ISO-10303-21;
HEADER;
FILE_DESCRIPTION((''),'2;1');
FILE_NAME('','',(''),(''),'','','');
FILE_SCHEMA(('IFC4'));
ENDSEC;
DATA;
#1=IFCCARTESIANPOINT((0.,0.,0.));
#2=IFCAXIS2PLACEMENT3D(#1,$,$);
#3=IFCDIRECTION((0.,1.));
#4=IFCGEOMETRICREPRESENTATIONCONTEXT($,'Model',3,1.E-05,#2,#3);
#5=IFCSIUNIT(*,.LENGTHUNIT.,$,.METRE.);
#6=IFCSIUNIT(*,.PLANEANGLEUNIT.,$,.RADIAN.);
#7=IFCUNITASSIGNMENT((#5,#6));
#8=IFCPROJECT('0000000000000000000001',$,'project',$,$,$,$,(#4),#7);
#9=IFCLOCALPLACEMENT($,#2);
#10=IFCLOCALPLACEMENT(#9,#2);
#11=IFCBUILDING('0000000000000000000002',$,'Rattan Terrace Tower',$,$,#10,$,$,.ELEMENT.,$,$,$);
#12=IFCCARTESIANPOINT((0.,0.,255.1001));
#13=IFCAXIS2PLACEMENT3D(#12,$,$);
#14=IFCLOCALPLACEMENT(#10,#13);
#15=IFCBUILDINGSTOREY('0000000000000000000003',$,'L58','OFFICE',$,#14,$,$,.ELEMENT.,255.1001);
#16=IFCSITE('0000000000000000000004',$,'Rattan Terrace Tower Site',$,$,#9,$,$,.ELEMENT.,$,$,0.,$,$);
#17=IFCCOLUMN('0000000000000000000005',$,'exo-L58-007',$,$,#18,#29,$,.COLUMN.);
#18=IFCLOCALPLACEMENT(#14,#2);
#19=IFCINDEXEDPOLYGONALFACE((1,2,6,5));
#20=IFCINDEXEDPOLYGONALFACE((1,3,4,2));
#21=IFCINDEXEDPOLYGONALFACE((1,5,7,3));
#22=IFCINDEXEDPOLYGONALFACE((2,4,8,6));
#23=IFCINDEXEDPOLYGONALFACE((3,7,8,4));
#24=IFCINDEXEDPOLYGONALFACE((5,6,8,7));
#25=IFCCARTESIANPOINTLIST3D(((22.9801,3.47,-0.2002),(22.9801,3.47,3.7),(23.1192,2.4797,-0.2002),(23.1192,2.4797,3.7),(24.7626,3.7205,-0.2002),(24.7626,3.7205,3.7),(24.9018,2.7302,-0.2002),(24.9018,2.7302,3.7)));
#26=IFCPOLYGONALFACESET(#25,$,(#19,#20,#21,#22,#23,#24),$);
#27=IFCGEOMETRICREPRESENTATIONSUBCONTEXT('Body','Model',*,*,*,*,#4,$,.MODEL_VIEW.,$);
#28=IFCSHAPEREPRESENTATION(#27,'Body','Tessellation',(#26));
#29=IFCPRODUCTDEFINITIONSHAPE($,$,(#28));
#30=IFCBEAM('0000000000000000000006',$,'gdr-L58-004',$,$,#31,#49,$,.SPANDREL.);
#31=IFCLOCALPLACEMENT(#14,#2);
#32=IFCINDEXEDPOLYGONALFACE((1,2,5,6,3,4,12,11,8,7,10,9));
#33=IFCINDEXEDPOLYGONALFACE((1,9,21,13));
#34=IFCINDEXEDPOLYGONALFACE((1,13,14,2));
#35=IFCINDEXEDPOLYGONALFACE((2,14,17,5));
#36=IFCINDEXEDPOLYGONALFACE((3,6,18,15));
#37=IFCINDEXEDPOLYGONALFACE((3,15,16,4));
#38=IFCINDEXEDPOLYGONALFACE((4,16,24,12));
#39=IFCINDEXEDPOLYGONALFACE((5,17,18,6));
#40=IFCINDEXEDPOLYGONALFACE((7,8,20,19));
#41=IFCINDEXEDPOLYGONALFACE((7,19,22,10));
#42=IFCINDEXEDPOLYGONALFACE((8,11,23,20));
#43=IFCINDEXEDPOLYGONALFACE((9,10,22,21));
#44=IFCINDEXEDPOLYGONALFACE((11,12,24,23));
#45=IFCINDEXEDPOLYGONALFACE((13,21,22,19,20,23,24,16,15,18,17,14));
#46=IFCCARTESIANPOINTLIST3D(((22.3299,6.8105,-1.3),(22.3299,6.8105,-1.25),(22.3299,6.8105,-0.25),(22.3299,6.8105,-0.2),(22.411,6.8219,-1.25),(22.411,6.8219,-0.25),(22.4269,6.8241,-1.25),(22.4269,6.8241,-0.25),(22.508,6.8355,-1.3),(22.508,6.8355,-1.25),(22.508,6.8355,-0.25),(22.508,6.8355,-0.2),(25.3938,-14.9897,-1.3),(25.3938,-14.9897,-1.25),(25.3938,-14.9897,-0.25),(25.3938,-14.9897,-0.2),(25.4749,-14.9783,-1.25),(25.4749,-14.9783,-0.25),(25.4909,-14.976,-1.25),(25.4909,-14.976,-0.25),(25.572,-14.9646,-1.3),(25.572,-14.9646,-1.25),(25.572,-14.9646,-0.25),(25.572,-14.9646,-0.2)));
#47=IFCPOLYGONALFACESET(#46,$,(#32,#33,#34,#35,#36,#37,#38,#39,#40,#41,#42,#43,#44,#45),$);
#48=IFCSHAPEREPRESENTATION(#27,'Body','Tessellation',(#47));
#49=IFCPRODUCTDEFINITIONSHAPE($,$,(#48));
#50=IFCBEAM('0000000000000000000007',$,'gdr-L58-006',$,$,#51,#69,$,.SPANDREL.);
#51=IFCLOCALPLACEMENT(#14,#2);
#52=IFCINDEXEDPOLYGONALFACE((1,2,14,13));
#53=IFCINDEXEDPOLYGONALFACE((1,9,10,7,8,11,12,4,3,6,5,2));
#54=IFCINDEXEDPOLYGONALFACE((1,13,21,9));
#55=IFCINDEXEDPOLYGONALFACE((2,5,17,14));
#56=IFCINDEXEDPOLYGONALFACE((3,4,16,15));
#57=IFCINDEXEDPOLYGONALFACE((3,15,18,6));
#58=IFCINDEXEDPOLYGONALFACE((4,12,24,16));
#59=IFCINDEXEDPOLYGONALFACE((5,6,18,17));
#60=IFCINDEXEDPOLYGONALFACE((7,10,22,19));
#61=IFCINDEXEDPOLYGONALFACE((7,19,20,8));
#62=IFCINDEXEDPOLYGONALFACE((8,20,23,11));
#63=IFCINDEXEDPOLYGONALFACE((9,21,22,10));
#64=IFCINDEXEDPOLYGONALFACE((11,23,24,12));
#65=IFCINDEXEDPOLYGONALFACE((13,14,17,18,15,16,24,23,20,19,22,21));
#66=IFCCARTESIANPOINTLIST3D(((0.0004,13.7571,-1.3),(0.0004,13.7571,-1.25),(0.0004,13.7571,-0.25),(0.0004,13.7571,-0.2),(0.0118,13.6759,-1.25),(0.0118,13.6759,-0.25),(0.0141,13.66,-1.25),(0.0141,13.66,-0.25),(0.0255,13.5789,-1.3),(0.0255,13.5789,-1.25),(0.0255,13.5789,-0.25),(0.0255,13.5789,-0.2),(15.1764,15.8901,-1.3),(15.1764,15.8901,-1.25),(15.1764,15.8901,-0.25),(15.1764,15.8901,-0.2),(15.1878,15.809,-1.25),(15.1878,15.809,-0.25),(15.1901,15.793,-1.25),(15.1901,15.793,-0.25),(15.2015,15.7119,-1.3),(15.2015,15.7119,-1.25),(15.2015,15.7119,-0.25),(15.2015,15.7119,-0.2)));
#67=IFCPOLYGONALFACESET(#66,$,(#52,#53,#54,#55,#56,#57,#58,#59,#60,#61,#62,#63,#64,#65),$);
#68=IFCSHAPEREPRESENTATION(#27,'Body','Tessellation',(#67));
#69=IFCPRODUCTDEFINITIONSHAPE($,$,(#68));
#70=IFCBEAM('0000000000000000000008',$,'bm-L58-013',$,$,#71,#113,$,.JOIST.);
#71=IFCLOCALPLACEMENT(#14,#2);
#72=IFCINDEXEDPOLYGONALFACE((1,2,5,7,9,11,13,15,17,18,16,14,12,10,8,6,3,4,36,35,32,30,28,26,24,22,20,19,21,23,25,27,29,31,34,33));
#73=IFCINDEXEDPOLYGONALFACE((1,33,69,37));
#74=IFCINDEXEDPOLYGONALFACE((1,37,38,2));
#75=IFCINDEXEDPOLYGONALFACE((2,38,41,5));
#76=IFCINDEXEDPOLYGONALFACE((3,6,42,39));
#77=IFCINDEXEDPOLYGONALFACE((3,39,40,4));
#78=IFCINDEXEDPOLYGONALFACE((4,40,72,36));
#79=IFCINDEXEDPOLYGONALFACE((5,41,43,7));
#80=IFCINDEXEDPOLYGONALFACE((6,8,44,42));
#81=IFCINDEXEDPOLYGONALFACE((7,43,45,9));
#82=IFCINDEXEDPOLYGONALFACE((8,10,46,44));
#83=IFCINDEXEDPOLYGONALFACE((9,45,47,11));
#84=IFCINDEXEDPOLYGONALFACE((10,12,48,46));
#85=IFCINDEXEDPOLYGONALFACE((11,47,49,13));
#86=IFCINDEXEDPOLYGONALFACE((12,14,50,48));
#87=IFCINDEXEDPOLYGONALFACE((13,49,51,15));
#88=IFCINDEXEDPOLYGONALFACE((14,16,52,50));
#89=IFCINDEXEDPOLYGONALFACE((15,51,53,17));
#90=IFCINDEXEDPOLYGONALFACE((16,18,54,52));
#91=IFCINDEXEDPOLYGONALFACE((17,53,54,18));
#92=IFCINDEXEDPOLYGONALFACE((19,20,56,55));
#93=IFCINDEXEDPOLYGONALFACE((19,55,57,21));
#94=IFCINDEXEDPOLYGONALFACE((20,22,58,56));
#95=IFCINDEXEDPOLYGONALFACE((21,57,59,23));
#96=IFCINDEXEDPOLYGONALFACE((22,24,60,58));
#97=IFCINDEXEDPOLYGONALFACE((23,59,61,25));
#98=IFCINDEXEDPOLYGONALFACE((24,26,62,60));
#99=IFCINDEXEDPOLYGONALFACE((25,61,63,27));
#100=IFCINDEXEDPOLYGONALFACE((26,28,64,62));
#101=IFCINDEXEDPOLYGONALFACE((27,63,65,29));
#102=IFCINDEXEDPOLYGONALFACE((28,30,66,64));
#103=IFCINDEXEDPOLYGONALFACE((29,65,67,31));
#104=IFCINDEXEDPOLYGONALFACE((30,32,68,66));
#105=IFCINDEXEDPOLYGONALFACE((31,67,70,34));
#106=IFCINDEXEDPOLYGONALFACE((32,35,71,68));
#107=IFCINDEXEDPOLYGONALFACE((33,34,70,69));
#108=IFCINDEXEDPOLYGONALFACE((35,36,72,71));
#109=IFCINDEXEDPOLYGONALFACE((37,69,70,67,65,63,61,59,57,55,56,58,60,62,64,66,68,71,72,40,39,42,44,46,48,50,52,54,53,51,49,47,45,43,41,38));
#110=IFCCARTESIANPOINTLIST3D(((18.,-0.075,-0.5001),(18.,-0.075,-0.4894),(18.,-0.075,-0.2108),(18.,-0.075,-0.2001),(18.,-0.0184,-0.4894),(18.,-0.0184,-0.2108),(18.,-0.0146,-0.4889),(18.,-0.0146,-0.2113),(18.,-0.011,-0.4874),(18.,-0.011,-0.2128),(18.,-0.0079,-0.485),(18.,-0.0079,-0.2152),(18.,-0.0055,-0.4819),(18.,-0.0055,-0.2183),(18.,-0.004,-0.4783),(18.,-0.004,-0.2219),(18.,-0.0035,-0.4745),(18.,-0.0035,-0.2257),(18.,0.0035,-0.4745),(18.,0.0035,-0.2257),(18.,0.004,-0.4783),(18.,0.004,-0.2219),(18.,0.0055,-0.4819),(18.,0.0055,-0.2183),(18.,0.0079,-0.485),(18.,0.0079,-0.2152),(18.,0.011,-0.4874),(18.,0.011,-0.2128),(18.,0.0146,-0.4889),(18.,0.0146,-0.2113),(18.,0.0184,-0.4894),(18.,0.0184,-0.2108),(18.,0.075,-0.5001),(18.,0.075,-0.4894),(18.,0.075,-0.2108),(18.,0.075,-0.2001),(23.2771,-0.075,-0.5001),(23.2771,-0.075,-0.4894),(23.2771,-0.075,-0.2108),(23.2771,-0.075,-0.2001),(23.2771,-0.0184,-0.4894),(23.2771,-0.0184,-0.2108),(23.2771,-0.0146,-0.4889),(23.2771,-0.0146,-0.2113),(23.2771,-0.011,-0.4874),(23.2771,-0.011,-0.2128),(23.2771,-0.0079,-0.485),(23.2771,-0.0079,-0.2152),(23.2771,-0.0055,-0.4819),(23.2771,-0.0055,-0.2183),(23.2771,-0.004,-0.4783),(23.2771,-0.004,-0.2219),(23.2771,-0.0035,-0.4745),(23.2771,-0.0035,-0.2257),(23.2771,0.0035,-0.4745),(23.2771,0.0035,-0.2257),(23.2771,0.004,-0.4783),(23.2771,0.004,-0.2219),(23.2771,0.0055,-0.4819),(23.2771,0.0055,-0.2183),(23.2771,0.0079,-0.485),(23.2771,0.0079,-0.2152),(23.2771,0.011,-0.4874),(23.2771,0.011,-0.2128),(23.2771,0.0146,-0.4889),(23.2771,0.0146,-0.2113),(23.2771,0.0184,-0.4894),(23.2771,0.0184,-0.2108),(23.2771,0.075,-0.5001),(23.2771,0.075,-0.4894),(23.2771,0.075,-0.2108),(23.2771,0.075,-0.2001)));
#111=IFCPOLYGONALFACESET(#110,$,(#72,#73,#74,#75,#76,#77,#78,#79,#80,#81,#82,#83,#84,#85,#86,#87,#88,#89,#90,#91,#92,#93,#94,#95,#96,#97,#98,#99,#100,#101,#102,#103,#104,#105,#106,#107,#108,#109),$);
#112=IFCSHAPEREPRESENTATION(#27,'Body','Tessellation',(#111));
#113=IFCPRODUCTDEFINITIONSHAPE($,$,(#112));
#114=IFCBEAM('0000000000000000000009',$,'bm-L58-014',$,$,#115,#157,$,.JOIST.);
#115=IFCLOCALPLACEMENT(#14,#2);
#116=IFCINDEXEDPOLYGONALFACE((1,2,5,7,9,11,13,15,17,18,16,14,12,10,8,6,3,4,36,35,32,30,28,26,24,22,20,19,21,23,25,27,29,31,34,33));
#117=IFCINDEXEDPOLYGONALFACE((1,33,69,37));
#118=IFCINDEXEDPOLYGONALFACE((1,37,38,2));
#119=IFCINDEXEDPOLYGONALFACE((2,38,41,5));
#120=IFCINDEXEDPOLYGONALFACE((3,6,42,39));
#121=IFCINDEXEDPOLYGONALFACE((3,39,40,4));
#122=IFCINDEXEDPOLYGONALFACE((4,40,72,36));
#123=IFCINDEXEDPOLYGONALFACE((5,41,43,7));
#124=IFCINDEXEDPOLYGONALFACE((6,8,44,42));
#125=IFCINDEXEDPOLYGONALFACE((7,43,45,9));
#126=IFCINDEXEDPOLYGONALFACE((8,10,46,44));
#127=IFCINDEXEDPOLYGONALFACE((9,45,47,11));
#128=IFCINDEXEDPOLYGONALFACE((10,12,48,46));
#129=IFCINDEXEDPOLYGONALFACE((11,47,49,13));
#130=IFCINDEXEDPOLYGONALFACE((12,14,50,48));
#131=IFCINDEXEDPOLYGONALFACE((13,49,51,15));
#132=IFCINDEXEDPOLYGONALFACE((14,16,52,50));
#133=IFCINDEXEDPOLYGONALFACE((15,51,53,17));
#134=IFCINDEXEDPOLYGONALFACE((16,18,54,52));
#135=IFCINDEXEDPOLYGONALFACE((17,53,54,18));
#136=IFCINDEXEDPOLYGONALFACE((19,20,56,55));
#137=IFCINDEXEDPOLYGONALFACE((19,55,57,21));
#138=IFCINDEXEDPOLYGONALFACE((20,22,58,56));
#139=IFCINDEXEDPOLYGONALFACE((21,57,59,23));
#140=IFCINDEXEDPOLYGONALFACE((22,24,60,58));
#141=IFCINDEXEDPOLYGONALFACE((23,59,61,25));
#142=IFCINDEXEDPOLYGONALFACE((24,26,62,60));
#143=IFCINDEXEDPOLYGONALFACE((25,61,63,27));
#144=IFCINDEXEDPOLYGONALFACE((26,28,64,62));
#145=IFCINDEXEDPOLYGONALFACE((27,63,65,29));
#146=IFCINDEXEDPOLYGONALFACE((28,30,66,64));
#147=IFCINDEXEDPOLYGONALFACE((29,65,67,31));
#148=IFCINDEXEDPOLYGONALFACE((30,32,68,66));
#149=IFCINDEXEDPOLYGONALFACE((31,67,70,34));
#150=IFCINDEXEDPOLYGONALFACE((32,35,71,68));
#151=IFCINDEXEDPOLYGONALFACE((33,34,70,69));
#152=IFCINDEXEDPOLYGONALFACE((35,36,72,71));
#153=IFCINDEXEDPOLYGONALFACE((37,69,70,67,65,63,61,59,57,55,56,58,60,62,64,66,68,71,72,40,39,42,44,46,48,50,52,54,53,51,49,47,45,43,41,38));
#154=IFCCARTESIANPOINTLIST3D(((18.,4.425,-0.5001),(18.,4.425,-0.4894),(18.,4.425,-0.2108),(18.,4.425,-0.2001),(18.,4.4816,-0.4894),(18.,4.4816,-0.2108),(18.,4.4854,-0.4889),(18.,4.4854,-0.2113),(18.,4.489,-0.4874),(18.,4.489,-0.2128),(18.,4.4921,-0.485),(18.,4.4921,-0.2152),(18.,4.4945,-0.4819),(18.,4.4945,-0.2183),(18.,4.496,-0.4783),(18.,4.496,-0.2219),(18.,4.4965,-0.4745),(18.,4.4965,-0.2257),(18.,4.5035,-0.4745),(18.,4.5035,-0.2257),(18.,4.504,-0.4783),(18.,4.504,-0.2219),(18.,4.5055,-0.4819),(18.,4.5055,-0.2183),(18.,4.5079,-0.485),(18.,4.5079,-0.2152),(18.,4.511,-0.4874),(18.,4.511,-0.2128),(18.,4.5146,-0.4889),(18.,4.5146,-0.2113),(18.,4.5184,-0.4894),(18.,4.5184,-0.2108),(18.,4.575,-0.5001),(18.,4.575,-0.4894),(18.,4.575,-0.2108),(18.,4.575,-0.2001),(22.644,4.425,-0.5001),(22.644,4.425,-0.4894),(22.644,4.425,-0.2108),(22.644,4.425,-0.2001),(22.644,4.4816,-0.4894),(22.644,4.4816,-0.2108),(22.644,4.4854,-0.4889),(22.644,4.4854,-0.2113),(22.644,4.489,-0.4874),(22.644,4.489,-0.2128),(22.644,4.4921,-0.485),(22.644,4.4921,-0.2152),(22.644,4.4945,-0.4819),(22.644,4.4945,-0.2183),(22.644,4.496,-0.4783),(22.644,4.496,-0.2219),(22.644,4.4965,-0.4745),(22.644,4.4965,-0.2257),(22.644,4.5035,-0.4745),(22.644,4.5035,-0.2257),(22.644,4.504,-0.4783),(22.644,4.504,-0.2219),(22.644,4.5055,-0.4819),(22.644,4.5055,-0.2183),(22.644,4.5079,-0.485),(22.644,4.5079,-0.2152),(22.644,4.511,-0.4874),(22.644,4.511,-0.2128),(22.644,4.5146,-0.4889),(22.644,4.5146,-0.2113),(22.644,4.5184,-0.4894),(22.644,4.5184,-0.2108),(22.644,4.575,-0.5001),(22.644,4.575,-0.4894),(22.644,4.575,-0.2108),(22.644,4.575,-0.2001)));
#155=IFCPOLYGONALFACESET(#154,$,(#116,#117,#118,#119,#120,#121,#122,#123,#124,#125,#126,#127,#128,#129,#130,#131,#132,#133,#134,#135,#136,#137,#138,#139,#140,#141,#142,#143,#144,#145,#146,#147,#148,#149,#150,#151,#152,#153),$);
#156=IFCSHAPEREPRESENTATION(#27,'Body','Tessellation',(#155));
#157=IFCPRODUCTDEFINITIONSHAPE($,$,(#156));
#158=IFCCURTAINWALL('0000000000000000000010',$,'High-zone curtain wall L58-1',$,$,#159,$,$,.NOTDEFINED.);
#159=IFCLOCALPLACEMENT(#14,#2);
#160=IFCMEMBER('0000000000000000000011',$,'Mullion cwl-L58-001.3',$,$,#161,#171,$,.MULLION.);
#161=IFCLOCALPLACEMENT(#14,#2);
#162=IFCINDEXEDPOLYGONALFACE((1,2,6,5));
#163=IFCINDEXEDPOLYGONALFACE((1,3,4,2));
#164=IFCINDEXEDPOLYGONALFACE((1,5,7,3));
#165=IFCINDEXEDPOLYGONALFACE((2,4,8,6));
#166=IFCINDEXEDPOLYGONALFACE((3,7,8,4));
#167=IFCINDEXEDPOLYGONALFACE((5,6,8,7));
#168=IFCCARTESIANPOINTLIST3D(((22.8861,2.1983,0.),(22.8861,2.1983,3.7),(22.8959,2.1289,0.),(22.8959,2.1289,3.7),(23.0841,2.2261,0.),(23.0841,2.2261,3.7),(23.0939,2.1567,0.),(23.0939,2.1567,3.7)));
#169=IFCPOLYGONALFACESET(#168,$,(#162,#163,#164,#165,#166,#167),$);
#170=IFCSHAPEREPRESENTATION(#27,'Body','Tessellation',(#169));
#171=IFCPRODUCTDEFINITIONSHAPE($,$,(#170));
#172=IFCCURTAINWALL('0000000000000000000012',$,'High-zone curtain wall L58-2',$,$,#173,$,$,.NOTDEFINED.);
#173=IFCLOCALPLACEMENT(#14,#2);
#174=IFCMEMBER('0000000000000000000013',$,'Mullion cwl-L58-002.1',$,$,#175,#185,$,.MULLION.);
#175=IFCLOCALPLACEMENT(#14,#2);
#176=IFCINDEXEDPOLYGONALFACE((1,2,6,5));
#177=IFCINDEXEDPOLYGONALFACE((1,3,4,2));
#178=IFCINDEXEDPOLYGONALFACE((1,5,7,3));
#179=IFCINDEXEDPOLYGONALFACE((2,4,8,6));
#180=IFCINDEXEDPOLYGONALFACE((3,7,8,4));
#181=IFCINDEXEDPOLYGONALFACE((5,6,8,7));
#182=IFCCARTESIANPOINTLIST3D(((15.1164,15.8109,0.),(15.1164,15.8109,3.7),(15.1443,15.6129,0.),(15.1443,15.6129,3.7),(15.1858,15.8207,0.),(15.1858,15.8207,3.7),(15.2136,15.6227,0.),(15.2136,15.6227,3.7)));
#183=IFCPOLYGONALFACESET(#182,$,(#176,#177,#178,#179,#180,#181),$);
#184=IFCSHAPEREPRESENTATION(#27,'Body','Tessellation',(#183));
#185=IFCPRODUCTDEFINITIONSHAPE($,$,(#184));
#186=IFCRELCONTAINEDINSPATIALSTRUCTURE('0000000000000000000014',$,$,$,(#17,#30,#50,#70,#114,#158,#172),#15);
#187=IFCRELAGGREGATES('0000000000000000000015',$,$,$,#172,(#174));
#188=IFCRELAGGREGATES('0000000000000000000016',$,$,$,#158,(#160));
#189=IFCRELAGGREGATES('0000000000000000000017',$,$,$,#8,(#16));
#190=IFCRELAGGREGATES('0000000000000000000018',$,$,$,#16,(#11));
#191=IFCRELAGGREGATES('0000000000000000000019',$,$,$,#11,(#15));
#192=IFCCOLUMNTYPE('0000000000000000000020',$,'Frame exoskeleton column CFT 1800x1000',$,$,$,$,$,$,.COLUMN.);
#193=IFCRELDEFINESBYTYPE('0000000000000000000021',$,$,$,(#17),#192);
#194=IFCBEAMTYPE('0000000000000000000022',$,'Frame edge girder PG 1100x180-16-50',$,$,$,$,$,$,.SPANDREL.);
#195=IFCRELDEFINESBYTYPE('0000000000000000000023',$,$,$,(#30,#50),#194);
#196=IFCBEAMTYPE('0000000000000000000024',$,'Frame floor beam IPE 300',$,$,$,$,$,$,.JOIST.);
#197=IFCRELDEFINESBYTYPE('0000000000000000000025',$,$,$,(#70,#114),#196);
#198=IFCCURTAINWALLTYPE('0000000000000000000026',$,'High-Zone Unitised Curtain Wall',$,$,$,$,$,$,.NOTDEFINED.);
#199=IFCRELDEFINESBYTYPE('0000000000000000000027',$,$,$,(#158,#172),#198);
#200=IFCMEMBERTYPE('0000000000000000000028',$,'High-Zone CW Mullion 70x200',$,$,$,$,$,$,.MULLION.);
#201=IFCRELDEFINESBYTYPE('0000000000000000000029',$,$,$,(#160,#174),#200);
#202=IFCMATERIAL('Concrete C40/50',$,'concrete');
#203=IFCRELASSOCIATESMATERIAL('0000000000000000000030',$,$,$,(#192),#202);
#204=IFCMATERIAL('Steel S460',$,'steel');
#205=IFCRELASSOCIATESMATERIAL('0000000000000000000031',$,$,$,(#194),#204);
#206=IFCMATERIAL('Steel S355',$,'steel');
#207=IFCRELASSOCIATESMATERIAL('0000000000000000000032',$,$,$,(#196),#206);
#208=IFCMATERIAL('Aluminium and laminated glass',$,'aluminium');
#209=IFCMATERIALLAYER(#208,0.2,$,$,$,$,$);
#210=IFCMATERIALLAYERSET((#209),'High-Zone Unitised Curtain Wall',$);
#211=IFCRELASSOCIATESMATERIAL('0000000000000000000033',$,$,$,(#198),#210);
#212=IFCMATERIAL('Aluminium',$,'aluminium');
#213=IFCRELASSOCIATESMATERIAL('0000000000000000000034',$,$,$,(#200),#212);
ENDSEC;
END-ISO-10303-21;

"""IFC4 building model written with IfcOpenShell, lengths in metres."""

from ifc_helpers import new_model, si_unit, direction, frame, origin, origin_2d, place, context, subcontext, project, spatial, rectangle, i_section, extrude, material, layer, layer_set, material_profile, profile_set, type_object, element, aggregate, save


model = new_model("IFC4")

# Units and contexts
model_context = context("Model", 3, precision=1e-05, world=origin(), true_north=direction((0.0, 1.0)))
body_context = subcontext(model_context, "Body", "Model", "MODEL_VIEW")
ifc_project = project(units=[si_unit("LENGTHUNIT", "METRE"), si_unit("PLANEANGLEUNIT", "RADIAN")], contexts=[model_context])

# Site, building, storey
site_placement = place(None, origin())
site = spatial("IfcSite", under=ifc_project, at=site_placement, Name="Rattan Terrace Tower Site", CompositionType="ELEMENT", RefElevation=0.0)
building_placement = place(site_placement, origin())
building = spatial("IfcBuilding", under=site, at=building_placement, Name="Rattan Terrace Tower", CompositionType="ELEMENT")
storey_placement = place(building_placement, frame((0.0, 0.0, 255.1001)))
storey = spatial("IfcBuildingStorey", under=building, at=storey_placement, Name="L58", Description="OFFICE", CompositionType="ELEMENT", Elevation=255.1001)

# Column
ifc_material_1 = material(Name="Concrete C40/50", Category="concrete")
ifc_material_profile_1 = material_profile(ifc_material_1, rectangle(XDim=1.0, YDim=1.8, at=origin_2d()), Name="CFT 1800x1000")
ifc_profile_set_1 = profile_set([ifc_material_profile_1], Name="Concrete C40/50")
column_type = type_object("IfcColumnType", Name="Frame exoskeleton column CFT 1800x1000", PredefinedType="COLUMN", material=ifc_profile_set_1)
column_placement = place(storey_placement, frame((23.9409, 3.1001, -0.2002), z_axis=(0.0, 0.0, 1.0), x_axis=(-0.13919, 0.990266, 0.0)))
element("IfcColumn", 1, at=column_placement, inside=storey, type_object=column_type, Name="exo-L58-007", PredefinedType="COLUMN", context=body_context, shape_type="SweptSolid", body=[
    extrude(rectangle(XDim=1.0, YDim=1.8, at=origin_2d()), origin(), (0.0, 0.0, 1.0), 3.9001),
])

# Beams
ifc_material_2 = material(Name="Steel S460", Category="steel")
ifc_material_profile_2 = material_profile(ifc_material_2, i_section(OverallWidth=0.1799, OverallDepth=1.1001, WebThickness=0.0161, FlangeThickness=0.05, at=origin_2d()), Name="PG 1100x180-16-50")
ifc_profile_set_2 = profile_set([ifc_material_profile_2], Name="Steel S460")
beam_type_1 = type_object("IfcBeamType", Name="Frame edge girder PG 1100x180-16-50", PredefinedType="SPANDREL", material=ifc_profile_set_2)
beam_1_placement = place(storey_placement, frame((22.4189, 6.823, -0.75), z_axis=(0.139181, -0.990267, 0.0), x_axis=(0.990267, 0.139181, 0.0)))
element("IfcBeam", 2, at=beam_1_placement, inside=storey, type_object=beam_type_1, Name="gdr-L58-004", PredefinedType="SPANDREL", context=body_context, shape_type="SweptSolid", body=[
    extrude(i_section(OverallWidth=0.1799, OverallDepth=1.1001, WebThickness=0.0161, FlangeThickness=0.05, at=origin_2d()), origin(), (0.0, 0.0, 1.0), 22.0144),
])
beam_2_placement = place(storey_placement, frame((15.189, 15.801, -0.75), z_axis=(-0.990266, -0.139186, 0.0), x_axis=(0.139186, -0.990266, 0.0)))
element("IfcBeam", 3, at=beam_2_placement, inside=storey, type_object=beam_type_1, Name="gdr-L58-006", PredefinedType="SPANDREL", context=body_context, shape_type="SweptSolid", body=[
    extrude(i_section(OverallWidth=0.1799, OverallDepth=1.1001, WebThickness=0.0161, FlangeThickness=0.05, at=origin_2d()), origin(), (0.0, 0.0, 1.0), 15.3252),
])
ifc_material_3 = material(Name="Steel S355", Category="steel")
ifc_material_profile_3 = material_profile(ifc_material_3, i_section(OverallWidth=0.1499, OverallDepth=0.3, WebThickness=0.0071, FlangeThickness=0.0107, FilletRadius=0.0149, at=origin_2d()), Name="IPE 300")
ifc_profile_set_3 = profile_set([ifc_material_profile_3], Name="Steel S355")
beam_type_2 = type_object("IfcBeamType", Name="Frame floor beam IPE 300", PredefinedType="JOIST", material=ifc_profile_set_3)
beam_3_placement = place(storey_placement, frame((18.0, 0.0, -0.3501), z_axis=(1.0, 0.0, 0.0), x_axis=(0.0, 1.0, 0.0)))
element("IfcBeam", 4, at=beam_3_placement, inside=storey, type_object=beam_type_2, Name="bm-L58-013", PredefinedType="JOIST", context=body_context, shape_type="SweptSolid", body=[
    extrude(i_section(OverallWidth=0.1499, OverallDepth=0.3, WebThickness=0.0071, FlangeThickness=0.0107, FilletRadius=0.0149, at=origin_2d()), origin(), (0.0, 0.0, 1.0), 5.2771),
])
beam_4_placement = place(storey_placement, frame((18.0, 4.5, -0.3501), z_axis=(1.0, 0.0, 0.0), x_axis=(0.0, 1.0, 0.0)))
element("IfcBeam", 5, at=beam_4_placement, inside=storey, type_object=beam_type_2, Name="bm-L58-014", PredefinedType="JOIST", context=body_context, shape_type="SweptSolid", body=[
    extrude(i_section(OverallWidth=0.1499, OverallDepth=0.3, WebThickness=0.0071, FlangeThickness=0.0107, FilletRadius=0.0149, at=origin_2d()), origin(), (0.0, 0.0, 1.0), 4.644),
])

# Curtain walls, members
ifc_material_4 = material(Name="Aluminium and laminated glass", Category="aluminium")
ifc_layer_1 = layer(ifc_material_4, 0.2)
ifc_layer_set_1 = layer_set([ifc_layer_1], Name="High-Zone Unitised Curtain Wall")
curtain_wall_type = type_object("IfcCurtainWallType", Name="High-Zone Unitised Curtain Wall", PredefinedType="NOTDEFINED", material=ifc_layer_set_1)
curtain_wall_1_placement = place(storey_placement, origin())
curtain_wall_1 = element("IfcCurtainWall", 6, at=curtain_wall_1_placement, inside=storey, type_object=curtain_wall_type, Name="High-zone curtain wall L58-1", PredefinedType="NOTDEFINED")
ifc_material_5 = material(Name="Aluminium", Category="aluminium")
ifc_material_profile_4 = material_profile(ifc_material_5, rectangle(XDim=0.0701, YDim=0.2, at=origin_2d()), Name="Aluminium 70x200")
ifc_profile_set_4 = profile_set([ifc_material_profile_4], Name="Aluminium")
member_type_1 = type_object("IfcMemberType", Name="High-Zone CW Mullion 70x200", PredefinedType="MULLION", material=ifc_profile_set_4)
member_1_placement = place(storey_placement, frame((22.99, 2.1775, 0.0), z_axis=(0.0, 0.0, 1.0), x_axis=(-0.139192, 0.990265, 0.0)))
member_1 = element("IfcMember", 7, at=member_1_placement, type_object=member_type_1, Name="Mullion cwl-L58-001.3", PredefinedType="MULLION", context=body_context, shape_type="SweptSolid", body=[
    extrude(rectangle(XDim=0.0701, YDim=0.2, at=origin_2d()), origin(), (0.0, 0.0, 1.0), 3.7),
])
curtain_wall_2_placement = place(storey_placement, origin())
curtain_wall_2 = element("IfcCurtainWall", 8, at=curtain_wall_2_placement, inside=storey, type_object=curtain_wall_type, Name="High-zone curtain wall L58-2", PredefinedType="NOTDEFINED")
member_2_placement = place(storey_placement, frame((15.165, 15.7168, 0.0), z_axis=(0.0, 0.0, 1.0), x_axis=(-0.990266, -0.139189, 0.0)))
member_2 = element("IfcMember", 9, at=member_2_placement, type_object=member_type_1, Name="Mullion cwl-L58-002.1", PredefinedType="MULLION", context=body_context, shape_type="SweptSolid", body=[
    extrude(rectangle(XDim=0.0701, YDim=0.2, at=origin_2d()), origin(), (0.0, 0.0, 1.0), 3.7),
])

aggregate(curtain_wall_2, [member_2])

aggregate(curtain_wall_1, [member_1])

save(model, "model.ifc")
